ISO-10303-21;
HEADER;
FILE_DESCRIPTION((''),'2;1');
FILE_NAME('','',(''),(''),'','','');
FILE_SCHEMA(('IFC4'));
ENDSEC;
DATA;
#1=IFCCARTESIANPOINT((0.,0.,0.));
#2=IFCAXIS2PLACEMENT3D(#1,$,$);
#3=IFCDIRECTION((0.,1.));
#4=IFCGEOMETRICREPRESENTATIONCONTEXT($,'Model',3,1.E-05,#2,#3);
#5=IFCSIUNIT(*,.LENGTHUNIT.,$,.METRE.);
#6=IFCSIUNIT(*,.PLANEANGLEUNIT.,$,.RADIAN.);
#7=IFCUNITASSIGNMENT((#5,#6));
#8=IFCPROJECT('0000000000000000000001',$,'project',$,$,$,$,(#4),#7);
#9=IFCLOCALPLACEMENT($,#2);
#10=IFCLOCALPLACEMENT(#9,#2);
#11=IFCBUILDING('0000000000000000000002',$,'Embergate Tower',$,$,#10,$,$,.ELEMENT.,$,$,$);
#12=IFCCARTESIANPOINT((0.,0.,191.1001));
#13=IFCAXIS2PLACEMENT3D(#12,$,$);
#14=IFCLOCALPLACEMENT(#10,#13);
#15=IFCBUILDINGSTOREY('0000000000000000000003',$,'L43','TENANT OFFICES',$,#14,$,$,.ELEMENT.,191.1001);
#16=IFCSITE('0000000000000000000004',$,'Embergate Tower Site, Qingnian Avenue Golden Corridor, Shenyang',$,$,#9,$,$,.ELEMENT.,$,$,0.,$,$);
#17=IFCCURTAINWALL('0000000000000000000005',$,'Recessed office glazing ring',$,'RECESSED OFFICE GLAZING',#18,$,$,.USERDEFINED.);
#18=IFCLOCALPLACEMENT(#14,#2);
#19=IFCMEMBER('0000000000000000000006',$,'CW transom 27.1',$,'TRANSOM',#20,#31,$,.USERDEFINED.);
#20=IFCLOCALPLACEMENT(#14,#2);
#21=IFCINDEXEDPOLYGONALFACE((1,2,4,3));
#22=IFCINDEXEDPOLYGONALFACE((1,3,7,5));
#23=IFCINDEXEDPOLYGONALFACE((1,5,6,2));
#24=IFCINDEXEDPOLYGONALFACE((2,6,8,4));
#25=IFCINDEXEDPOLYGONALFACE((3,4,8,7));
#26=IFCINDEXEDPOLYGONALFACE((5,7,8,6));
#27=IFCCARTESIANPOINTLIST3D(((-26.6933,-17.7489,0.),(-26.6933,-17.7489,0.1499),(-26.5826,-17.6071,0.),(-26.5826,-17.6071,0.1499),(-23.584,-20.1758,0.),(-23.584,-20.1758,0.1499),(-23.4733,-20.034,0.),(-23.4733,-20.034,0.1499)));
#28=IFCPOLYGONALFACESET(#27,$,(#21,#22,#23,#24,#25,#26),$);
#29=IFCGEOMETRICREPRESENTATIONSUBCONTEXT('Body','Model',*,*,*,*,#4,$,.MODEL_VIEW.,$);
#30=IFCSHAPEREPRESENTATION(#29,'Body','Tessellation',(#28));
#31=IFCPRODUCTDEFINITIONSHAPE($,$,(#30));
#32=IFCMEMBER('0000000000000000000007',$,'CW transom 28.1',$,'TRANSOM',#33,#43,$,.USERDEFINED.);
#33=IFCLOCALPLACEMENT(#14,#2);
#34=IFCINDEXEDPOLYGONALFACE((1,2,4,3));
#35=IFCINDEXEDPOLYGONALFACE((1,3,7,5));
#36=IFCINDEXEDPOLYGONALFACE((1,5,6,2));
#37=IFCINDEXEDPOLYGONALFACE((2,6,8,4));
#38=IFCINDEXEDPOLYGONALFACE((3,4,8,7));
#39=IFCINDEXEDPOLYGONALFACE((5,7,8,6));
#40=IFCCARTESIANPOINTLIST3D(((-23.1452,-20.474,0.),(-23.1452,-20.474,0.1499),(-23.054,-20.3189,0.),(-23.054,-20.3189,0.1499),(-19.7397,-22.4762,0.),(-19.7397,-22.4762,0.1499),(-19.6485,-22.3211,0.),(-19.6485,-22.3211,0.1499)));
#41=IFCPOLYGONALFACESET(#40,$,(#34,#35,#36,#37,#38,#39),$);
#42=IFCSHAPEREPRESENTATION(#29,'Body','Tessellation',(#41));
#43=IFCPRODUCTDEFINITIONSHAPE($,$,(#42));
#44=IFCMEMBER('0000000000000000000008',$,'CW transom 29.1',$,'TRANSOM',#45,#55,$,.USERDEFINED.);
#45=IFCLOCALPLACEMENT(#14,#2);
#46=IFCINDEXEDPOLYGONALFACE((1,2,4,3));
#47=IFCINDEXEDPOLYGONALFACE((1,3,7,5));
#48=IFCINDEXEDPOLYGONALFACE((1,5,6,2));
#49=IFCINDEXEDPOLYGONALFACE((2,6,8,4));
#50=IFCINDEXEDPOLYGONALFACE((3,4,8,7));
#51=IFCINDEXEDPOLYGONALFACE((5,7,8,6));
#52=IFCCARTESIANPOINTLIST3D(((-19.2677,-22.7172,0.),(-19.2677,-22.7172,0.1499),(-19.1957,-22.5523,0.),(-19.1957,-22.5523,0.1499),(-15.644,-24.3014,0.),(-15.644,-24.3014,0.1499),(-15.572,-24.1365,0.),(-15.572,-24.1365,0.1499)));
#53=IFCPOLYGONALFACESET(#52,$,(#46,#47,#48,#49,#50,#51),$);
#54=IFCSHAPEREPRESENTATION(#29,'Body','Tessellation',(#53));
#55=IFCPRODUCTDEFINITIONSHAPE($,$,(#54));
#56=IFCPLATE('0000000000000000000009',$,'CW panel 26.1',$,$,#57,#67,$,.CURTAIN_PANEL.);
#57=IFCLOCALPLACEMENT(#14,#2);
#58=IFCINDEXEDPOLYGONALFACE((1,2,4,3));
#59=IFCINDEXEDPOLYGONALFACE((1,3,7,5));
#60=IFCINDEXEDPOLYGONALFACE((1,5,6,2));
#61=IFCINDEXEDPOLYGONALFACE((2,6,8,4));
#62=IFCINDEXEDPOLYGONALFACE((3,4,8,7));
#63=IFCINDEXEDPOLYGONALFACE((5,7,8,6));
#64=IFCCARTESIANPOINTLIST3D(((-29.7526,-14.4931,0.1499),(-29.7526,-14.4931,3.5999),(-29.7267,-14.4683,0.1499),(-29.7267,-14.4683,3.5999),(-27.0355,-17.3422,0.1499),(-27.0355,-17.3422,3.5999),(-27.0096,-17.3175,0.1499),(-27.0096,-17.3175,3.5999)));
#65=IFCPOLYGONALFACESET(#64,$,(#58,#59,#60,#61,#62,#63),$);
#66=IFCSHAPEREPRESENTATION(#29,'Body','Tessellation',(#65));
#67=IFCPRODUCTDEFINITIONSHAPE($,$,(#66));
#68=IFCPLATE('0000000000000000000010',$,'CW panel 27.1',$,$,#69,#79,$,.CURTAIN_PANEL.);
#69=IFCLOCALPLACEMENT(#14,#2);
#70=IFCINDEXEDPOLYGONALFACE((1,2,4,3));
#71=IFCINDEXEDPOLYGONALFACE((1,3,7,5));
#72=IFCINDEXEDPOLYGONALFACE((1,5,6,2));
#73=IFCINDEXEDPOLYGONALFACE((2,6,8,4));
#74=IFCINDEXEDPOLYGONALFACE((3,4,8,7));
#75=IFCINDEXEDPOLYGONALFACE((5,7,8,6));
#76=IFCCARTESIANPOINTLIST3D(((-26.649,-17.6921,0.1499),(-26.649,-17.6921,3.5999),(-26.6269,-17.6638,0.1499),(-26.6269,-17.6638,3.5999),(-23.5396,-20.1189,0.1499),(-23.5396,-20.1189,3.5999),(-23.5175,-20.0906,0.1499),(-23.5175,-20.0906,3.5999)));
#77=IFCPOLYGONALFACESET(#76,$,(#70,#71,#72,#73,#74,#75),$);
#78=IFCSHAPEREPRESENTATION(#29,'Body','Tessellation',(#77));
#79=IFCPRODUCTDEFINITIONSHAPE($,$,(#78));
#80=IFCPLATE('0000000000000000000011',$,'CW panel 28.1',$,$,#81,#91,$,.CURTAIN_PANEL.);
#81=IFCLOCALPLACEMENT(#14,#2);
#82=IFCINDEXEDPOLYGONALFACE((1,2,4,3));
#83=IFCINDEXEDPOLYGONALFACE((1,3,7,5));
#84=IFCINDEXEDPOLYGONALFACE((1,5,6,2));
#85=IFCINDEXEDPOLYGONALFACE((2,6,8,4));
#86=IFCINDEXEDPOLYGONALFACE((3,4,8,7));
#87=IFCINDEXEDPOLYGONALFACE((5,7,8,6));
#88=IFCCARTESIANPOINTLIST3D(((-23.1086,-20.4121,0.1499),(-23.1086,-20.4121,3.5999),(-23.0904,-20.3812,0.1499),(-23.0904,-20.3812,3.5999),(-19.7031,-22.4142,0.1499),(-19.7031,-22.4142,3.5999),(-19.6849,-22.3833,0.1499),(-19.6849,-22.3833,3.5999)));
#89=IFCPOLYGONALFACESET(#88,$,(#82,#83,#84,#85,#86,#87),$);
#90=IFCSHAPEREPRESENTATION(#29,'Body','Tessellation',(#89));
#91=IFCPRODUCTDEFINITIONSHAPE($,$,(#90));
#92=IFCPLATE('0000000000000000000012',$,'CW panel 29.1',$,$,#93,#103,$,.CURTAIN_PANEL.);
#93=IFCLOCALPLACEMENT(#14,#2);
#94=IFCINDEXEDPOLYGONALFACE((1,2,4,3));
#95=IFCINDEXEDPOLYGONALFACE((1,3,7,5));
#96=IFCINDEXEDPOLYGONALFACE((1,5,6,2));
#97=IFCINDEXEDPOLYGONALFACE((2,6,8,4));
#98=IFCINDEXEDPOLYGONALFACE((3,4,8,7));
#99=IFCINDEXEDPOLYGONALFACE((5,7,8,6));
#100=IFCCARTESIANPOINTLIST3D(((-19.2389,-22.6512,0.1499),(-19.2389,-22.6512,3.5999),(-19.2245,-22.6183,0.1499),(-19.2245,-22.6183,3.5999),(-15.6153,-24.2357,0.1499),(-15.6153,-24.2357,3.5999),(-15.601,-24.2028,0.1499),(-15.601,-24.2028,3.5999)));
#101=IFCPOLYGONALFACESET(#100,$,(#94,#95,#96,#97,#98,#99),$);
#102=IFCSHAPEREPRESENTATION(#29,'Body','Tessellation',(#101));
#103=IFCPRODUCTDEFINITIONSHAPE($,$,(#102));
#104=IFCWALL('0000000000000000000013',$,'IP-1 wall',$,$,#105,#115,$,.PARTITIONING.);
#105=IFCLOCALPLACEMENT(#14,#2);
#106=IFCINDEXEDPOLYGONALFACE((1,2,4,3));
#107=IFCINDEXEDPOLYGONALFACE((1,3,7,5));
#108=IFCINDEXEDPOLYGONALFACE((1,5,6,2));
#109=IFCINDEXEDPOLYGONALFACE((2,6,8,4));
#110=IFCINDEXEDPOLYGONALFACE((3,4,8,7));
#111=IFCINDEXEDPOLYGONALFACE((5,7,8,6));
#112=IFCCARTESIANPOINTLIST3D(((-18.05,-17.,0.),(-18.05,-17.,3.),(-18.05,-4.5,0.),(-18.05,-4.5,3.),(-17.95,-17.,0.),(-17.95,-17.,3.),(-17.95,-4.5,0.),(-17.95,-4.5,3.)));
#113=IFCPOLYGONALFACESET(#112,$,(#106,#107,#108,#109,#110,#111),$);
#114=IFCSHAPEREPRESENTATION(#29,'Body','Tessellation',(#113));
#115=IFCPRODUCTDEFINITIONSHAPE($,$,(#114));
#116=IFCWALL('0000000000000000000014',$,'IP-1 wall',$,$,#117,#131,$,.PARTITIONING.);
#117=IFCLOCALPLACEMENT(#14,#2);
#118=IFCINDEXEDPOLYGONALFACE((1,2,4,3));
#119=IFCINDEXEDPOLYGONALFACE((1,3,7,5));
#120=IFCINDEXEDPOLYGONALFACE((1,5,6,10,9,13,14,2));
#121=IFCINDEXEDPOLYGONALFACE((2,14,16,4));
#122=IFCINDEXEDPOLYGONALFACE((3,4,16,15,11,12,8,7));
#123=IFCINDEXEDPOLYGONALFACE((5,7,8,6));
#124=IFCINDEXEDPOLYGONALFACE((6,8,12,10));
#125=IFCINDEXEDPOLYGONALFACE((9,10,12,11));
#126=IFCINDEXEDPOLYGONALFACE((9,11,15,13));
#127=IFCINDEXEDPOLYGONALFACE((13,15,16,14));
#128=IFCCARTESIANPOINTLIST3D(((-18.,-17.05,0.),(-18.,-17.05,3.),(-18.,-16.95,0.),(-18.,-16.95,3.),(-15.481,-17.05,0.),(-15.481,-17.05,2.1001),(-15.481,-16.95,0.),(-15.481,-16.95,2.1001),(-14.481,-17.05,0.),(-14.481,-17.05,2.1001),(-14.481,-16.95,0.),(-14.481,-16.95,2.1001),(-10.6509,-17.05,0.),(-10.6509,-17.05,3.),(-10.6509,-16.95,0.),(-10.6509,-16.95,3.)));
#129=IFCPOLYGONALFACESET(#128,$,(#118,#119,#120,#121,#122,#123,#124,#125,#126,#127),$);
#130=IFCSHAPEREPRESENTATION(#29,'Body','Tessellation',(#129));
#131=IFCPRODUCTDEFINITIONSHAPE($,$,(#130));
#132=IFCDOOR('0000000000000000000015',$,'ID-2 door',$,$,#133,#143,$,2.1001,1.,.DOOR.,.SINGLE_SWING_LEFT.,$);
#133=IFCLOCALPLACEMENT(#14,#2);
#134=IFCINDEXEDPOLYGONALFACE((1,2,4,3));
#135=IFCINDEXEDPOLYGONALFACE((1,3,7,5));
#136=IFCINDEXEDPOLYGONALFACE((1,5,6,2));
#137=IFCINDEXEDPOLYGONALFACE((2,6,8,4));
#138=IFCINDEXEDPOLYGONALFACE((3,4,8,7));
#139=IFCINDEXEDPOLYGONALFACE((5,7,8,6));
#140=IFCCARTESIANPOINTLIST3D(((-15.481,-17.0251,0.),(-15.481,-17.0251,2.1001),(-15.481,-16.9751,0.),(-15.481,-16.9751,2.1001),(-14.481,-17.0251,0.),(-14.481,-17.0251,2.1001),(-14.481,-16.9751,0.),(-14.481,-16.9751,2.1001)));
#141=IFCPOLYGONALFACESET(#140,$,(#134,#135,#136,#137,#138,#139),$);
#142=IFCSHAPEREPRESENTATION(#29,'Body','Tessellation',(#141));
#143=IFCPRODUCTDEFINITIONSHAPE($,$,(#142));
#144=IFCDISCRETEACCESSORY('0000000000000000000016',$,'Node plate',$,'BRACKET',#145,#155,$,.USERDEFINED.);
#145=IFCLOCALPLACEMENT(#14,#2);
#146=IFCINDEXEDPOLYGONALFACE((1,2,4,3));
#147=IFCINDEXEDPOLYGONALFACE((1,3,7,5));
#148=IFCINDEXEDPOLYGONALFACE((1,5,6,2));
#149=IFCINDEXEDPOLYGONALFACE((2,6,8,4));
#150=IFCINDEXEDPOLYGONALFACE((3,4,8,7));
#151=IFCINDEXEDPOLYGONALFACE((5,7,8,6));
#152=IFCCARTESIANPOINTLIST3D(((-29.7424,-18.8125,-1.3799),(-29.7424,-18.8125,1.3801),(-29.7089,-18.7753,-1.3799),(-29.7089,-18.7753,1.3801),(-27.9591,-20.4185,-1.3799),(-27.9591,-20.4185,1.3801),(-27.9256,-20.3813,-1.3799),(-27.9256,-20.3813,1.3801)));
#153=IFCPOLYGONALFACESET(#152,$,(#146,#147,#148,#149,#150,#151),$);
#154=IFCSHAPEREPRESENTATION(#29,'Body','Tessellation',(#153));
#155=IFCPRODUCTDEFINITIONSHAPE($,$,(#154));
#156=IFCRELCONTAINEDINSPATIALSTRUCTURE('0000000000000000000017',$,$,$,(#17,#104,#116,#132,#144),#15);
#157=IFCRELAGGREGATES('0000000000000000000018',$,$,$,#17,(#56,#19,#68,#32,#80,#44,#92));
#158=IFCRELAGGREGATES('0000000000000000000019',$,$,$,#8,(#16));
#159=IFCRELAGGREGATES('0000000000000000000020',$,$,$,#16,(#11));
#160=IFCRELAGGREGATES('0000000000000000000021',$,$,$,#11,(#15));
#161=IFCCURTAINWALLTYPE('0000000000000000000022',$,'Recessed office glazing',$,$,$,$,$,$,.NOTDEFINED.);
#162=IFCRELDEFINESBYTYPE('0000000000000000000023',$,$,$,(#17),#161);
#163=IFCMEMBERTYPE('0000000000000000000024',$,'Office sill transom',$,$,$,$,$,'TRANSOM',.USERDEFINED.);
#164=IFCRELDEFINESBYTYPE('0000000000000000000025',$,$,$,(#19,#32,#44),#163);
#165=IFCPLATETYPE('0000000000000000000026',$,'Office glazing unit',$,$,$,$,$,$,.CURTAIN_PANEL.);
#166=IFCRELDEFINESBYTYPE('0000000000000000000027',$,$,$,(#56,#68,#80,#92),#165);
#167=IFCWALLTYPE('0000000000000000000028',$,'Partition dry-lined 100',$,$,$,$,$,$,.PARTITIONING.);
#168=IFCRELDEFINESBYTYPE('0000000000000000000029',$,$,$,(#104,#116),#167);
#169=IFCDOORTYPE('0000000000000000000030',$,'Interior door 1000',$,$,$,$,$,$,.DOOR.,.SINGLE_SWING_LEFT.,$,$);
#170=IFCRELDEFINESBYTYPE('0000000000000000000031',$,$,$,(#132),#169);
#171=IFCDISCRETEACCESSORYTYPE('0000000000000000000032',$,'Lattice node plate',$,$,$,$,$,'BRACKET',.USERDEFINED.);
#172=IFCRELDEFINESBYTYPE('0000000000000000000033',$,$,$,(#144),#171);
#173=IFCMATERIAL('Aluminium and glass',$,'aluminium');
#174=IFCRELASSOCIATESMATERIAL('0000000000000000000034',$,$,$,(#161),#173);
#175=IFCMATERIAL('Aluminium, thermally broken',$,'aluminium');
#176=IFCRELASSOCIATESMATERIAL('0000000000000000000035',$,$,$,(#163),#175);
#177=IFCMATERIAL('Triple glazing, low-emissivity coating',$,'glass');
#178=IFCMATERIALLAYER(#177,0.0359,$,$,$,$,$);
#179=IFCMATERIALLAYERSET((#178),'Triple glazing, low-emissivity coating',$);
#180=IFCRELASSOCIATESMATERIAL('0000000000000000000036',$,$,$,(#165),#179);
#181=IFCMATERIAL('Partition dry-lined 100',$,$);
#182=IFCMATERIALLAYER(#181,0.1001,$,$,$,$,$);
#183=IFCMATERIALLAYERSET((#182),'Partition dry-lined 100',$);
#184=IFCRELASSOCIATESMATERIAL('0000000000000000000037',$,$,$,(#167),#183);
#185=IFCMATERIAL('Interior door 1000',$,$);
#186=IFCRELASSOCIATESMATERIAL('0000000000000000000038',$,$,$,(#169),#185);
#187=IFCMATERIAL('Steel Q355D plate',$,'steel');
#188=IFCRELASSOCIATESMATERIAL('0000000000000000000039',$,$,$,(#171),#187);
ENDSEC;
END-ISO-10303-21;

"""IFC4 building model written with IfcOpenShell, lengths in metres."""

from ifc_helpers import new_model, si_unit, direction, frame, frame_2d, origin, origin_2d, place, context, subcontext, project, spatial, rectangle, extrude, source, transform, mapped, material, layer, layer_set, material_profile, profile_set, type_object, element, fill, aggregate, save


model = new_model("IFC4")

# Units and contexts
model_context = context("Model", 3, precision=1e-05, world=origin(), true_north=direction((0.0, 1.0)))
body_context = subcontext(model_context, "Body", "Model", "MODEL_VIEW")
ifc_project = project(units=[si_unit("LENGTHUNIT", "METRE"), si_unit("PLANEANGLEUNIT", "RADIAN")], contexts=[model_context])

# Site, building, storey
site_placement = place(None, origin())
site = spatial("IfcSite", under=ifc_project, at=site_placement, Name="Embergate Tower Site, Qingnian Avenue Golden Corridor, Shenyang", CompositionType="ELEMENT", RefElevation=0.0)
building_placement = place(site_placement, origin())
building = spatial("IfcBuilding", under=site, at=building_placement, Name="Embergate Tower", CompositionType="ELEMENT")
storey_placement = place(building_placement, frame((0.0, 0.0, 191.1001)))
storey = spatial("IfcBuildingStorey", under=building, at=storey_placement, Name="L43", Description="TENANT OFFICES", CompositionType="ELEMENT", Elevation=191.1001)

# Curtain wall, members, plates
ifc_material_1 = material(Name="Aluminium and glass", Category="aluminium")
curtain_wall_type = type_object("IfcCurtainWallType", Name="Recessed office glazing", PredefinedType="NOTDEFINED", material=ifc_material_1)
curtain_wall_placement = place(storey_placement, origin())
curtain_wall = element("IfcCurtainWall", 1, at=curtain_wall_placement, inside=storey, type_object=curtain_wall_type, Name="Recessed office glazing ring", ObjectType="RECESSED OFFICE GLAZING", PredefinedType="USERDEFINED")
ifc_material_2 = material(Name="Aluminium, thermally broken", Category="aluminium")
ifc_material_profile_1 = material_profile(ifc_material_2, rectangle(XDim=0.1799, YDim=0.1499, at=origin_2d()), Name="AL 150x180")
ifc_profile_set_1 = profile_set([ifc_material_profile_1], Name="Aluminium, thermally broken")
member_type_1 = type_object("IfcMemberType", Name="Office sill transom", ElementType="TRANSOM", PredefinedType="USERDEFINED", material=ifc_profile_set_1)
shared_shape_1 = source(origin(), body_context, "Body", "SweptSolid", [
    extrude(rectangle(XDim=0.1799, YDim=0.1499, at=origin_2d()), origin(), (0.0, 0.0, 1.0), 3.9443),
])
member_1_placement = place(storey_placement, frame((-26.6379, -17.678, 0.075), z_axis=(0.788295, -0.615298, 0.0), x_axis=(0.615298, 0.788295, 0.0)))
member_1 = element("IfcMember", 2, at=member_1_placement, type_object=member_type_1, Name="CW transom 27.1", ObjectType="TRANSOM", PredefinedType="USERDEFINED", context=body_context, shape_type="MappedRepresentation", body=[
    mapped(shared_shape_1, transform((0.0, 0.0, 0.0))),
])
shared_shape_2 = source(origin(), body_context, "Body", "SweptSolid", [
    extrude(rectangle(XDim=0.1799, YDim=0.1499, at=origin_2d()), origin(), (0.0, 0.0, 1.0), 3.9504),
])
member_2_placement = place(storey_placement, frame((-23.0996, -20.3965, 0.075), z_axis=(0.86205, -0.506823, 0.0), x_axis=(0.506823, 0.86205, 0.0)))
member_2 = element("IfcMember", 3, at=member_2_placement, type_object=member_type_1, Name="CW transom 28.1", ObjectType="TRANSOM", PredefinedType="USERDEFINED", context=body_context, shape_type="MappedRepresentation", body=[
    mapped(shared_shape_2, transform((0.0, 0.0, 0.0))),
])
shared_shape_3 = source(origin(), body_context, "Body", "SweptSolid", [
    extrude(rectangle(XDim=0.1799, YDim=0.1499, at=origin_2d()), origin(), (0.0, 0.0, 1.0), 3.9548),
])
member_3_placement = place(storey_placement, frame((-19.2317, -22.6348, 0.075), z_axis=(0.916266, -0.400569, 0.0), x_axis=(0.400569, 0.916266, 0.0)))
member_3 = element("IfcMember", 4, at=member_3_placement, type_object=member_type_1, Name="CW transom 29.1", ObjectType="TRANSOM", PredefinedType="USERDEFINED", context=body_context, shape_type="MappedRepresentation", body=[
    mapped(shared_shape_3, transform((0.0, 0.0, 0.0))),
])
ifc_material_3 = material(Name="Triple glazing, low-emissivity coating", Category="glass")
ifc_layer_1 = layer(ifc_material_3, 0.0359)
ifc_layer_set_1 = layer_set([ifc_layer_1], Name="Triple glazing, low-emissivity coating")
plate_type = type_object("IfcPlateType", Name="Office glazing unit", PredefinedType="CURTAIN_PANEL", material=ifc_layer_set_1)
shared_shape_4 = source(origin(), body_context, "Body", "SweptSolid", [
    extrude(rectangle(XDim=3.937, YDim=0.0359, at=origin_2d()), origin(), (0.0, 0.0, 1.0), 3.45),
])
plate_1_placement = place(storey_placement, frame((-28.3811, -15.9053, 0.1499), z_axis=(0.0, 0.0, 1.0), x_axis=(0.690138, -0.723678, 0.0)))
plate_1 = element("IfcPlate", 5, at=plate_1_placement, type_object=plate_type, Name="CW panel 26.1", PredefinedType="CURTAIN_PANEL", context=body_context, shape_type="MappedRepresentation", body=[
    mapped(shared_shape_4, transform((0.0, 0.0, 0.0))),
])
shared_shape_5 = source(origin(), body_context, "Body", "SweptSolid", [
    extrude(rectangle(XDim=3.9443, YDim=0.0359, at=origin_2d()), origin(), (0.0, 0.0, 1.0), 3.45),
])
plate_2_placement = place(storey_placement, frame((-25.0833, -18.8914, 0.1499), z_axis=(0.0, 0.0, 1.0), x_axis=(0.788322, -0.615263, 0.0)))
plate_2 = element("IfcPlate", 6, at=plate_2_placement, type_object=plate_type, Name="CW panel 27.1", PredefinedType="CURTAIN_PANEL", context=body_context, shape_type="MappedRepresentation", body=[
    mapped(shared_shape_5, transform((0.0, 0.0, 0.0))),
])
shared_shape_6 = source(origin(), body_context, "Body", "SweptSolid", [
    extrude(rectangle(XDim=3.9504, YDim=0.0359, at=origin_2d()), origin(), (0.0, 0.0, 1.0), 3.45),
])
plate_3_placement = place(storey_placement, frame((-21.3967, -21.3977, 0.1499), z_axis=(0.0, 0.0, 1.0), x_axis=(0.862054, -0.506816, 0.0)))
plate_3 = element("IfcPlate", 7, at=plate_3_placement, type_object=plate_type, Name="CW panel 28.1", PredefinedType="CURTAIN_PANEL", context=body_context, shape_type="MappedRepresentation", body=[
    mapped(shared_shape_6, transform((0.0, 0.0, 0.0))),
])
shared_shape_7 = source(origin(), body_context, "Body", "SweptSolid", [
    extrude(rectangle(XDim=3.9548, YDim=0.0359, at=origin_2d()), origin(), (0.0, 0.0, 1.0), 3.45),
])
plate_4_placement = place(storey_placement, frame((-17.4199, -23.427, 0.1499), z_axis=(0.0, 0.0, 1.0), x_axis=(0.916237, -0.400637, 0.0)))
plate_4 = element("IfcPlate", 8, at=plate_4_placement, type_object=plate_type, Name="CW panel 29.1", PredefinedType="CURTAIN_PANEL", context=body_context, shape_type="MappedRepresentation", body=[
    mapped(shared_shape_7, transform((0.0, 0.0, 0.0))),
])
aggregate(curtain_wall, [plate_1, member_1, plate_2, member_2, plate_3, member_3, plate_4])

# Wall
ifc_material_4 = material(Name="Partition dry-lined 100")
ifc_layer_2 = layer(ifc_material_4, 0.1001)
ifc_layer_set_2 = layer_set([ifc_layer_2], Name="Partition dry-lined 100")
wall_type = type_object("IfcWallType", Name="Partition dry-lined 100", PredefinedType="PARTITIONING", material=ifc_layer_set_2)
shared_shape_8 = source(origin(), body_context, "Body", "SweptSolid", [
    extrude(rectangle(XDim=12.5, YDim=0.1001, at=frame_2d((6.25, 0.0))), origin(), (0.0, 0.0, 1.0), 3.0),
])
wall_1_placement = place(storey_placement, frame((-18.0, -17.0, 0.0), z_axis=(0.0, 0.0, 1.0), x_axis=(0.0, 1.0, 0.0)))
element("IfcWall", 9, at=wall_1_placement, inside=storey, type_object=wall_type, Name="IP-1 wall", PredefinedType="PARTITIONING", context=body_context, shape_type="MappedRepresentation", body=[
    mapped(shared_shape_8, transform((0.0, 0.0, 0.0))),
])

# Wall, opening, door
shared_shape_9 = source(origin(), body_context, "Body", "SweptSolid", [
    extrude(rectangle(XDim=7.3491, YDim=0.1001, at=frame_2d((3.6746, 0.0))), origin(), (0.0, 0.0, 1.0), 3.0),
])
wall_2_placement = place(storey_placement, frame((-18.0, -17.0, 0.0), z_axis=(0.0, 0.0, 1.0), x_axis=(1.0, 0.0, 0.0)))
wall_2 = element("IfcWall", 10, at=wall_2_placement, inside=storey, type_object=wall_type, Name="IP-1 wall", PredefinedType="PARTITIONING", context=body_context, shape_type="MappedRepresentation", body=[
    mapped(shared_shape_9, transform((0.0, 0.0, 0.0))),
])
shared_shape_10 = source(origin(), body_context, "Body", "SweptSolid", [
    extrude(rectangle(XDim=1.0, YDim=2.1001, at=frame_2d((0.5, 1.05))), frame((0.0, 0.0601, 0.0), z_axis=(0.0, -1.0, 0.0), x_axis=(1.0, 0.0, 0.0)), (0.0, 0.0, 1.0), 0.1201),
])
opening_placement = place(wall_2_placement, frame((2.519, 0.0, 0.0)))
opening = element("IfcOpeningElement", 11, at=opening_placement, cuts=wall_2, PredefinedType="OPENING", context=body_context, shape_type="MappedRepresentation", body=[
    mapped(shared_shape_10, transform((0.0, 0.0, 0.0))),
])
ifc_material_5 = material(Name="Interior door 1000")
door_type = type_object("IfcDoorType", Name="Interior door 1000", OperationType="SINGLE_SWING_LEFT", PredefinedType="DOOR", material=ifc_material_5)
shared_shape_11 = source(origin(), body_context, "Body", "SweptSolid", [
    extrude(rectangle(XDim=1.0, YDim=2.1001, at=frame_2d((0.5, 1.05))), frame((0.0, 0.0249, 0.0), z_axis=(0.0, -1.0, 0.0), x_axis=(1.0, 0.0, 0.0)), (0.0, 0.0, 1.0), 0.05),
])
door_placement = place(opening_placement, origin())
door = element("IfcDoor", 12, at=door_placement, inside=storey, type_object=door_type, Name="ID-2 door", OperationType="SINGLE_SWING_LEFT", OverallHeight=2.1001, OverallWidth=1.0, PredefinedType="DOOR", context=body_context, shape_type="MappedRepresentation", body=[
    mapped(shared_shape_11, transform((0.0, 0.0, 0.0))),
])
fill(opening, door)

# Discrete accessory
ifc_material_6 = material(Name="Steel Q355D plate", Category="steel")
discrete_accessory_type = type_object("IfcDiscreteAccessoryType", Name="Lattice node plate", ElementType="BRACKET", PredefinedType="USERDEFINED", material=ifc_material_6)
shared_shape_12 = source(origin(), body_context, "Body", "SweptSolid", [
    extrude(rectangle(XDim=2.3999, YDim=0.05, at=origin_2d()), origin(), (0.0, 0.0, 1.0), 2.76),
])
discrete_accessory_placement = place(storey_placement, frame((-28.834, -19.5969, -1.3799), z_axis=(0.0, 0.0, 1.0), x_axis=(0.743075, -0.669208, 0.0)))
element("IfcDiscreteAccessory", 13, at=discrete_accessory_placement, inside=storey, type_object=discrete_accessory_type, Name="Node plate", ObjectType="BRACKET", PredefinedType="USERDEFINED", context=body_context, shape_type="MappedRepresentation", body=[
    mapped(shared_shape_12, transform((0.0, 0.0, 0.0))),
])

save(model, "model.ifc")
